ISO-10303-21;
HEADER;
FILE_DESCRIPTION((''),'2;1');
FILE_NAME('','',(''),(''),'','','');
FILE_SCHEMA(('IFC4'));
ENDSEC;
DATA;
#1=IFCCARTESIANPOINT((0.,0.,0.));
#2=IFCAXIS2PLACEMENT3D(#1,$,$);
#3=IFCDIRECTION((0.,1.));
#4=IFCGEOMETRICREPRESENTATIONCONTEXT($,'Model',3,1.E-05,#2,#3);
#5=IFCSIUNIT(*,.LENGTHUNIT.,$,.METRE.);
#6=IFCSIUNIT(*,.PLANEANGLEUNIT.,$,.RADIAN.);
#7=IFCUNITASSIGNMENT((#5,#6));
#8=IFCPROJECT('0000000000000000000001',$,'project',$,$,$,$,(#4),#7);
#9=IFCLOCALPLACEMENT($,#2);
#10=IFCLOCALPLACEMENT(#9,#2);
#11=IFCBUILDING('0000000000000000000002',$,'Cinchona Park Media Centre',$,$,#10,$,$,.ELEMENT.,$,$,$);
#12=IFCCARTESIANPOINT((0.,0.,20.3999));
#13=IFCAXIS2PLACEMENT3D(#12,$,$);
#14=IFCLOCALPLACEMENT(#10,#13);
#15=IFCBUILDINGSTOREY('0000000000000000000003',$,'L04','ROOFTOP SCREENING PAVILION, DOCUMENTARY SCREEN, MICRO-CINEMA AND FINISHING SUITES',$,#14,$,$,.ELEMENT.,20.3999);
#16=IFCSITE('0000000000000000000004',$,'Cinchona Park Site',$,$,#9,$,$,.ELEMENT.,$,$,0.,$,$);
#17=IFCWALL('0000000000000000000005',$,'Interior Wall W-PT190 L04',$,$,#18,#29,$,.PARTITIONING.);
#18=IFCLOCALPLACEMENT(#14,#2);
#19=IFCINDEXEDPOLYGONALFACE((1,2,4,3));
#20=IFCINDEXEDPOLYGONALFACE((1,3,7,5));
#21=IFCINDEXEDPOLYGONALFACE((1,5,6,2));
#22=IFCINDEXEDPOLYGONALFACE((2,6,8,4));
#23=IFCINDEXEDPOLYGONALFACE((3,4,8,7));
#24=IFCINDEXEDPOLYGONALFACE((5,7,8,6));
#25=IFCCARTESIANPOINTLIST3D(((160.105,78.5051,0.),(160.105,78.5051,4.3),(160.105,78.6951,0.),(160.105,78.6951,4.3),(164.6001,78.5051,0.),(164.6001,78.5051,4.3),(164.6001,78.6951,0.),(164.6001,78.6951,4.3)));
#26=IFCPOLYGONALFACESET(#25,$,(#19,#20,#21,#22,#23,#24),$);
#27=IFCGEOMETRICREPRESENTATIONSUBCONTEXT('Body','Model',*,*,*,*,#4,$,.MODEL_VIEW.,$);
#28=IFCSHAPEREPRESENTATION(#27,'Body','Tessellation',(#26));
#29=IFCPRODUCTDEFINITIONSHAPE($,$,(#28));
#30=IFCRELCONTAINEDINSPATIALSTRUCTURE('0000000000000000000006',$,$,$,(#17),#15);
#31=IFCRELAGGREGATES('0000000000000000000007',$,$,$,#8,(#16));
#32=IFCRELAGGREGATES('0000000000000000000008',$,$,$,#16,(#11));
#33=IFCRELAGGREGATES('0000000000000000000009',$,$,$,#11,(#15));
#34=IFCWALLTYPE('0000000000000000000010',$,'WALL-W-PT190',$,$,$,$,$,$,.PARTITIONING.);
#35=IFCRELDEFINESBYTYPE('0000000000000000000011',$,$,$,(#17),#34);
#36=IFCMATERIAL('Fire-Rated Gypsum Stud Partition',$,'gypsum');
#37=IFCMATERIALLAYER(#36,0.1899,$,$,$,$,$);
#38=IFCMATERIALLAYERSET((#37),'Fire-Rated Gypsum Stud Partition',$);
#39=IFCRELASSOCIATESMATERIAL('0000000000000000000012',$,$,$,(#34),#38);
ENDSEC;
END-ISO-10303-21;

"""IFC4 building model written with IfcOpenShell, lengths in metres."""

from ifc_helpers import new_model, si_unit, direction, frame, frame_2d, origin, place, context, subcontext, project, spatial, rectangle, extrude, material, layer, layer_set, type_object, element, save


model = new_model("IFC4")

# Units and contexts
model_context = context("Model", 3, precision=1e-05, world=origin(), true_north=direction((0.0, 1.0)))
body_context = subcontext(model_context, "Body", "Model", "MODEL_VIEW")
ifc_project = project(units=[si_unit("LENGTHUNIT", "METRE"), si_unit("PLANEANGLEUNIT", "RADIAN")], contexts=[model_context])

# Site, building, storey
site_placement = place(None, origin())
site = spatial("IfcSite", under=ifc_project, at=site_placement, Name="Cinchona Park Site", CompositionType="ELEMENT", RefElevation=0.0)
building_placement = place(site_placement, origin())
building = spatial("IfcBuilding", under=site, at=building_placement, Name="Cinchona Park Media Centre", CompositionType="ELEMENT")
storey_placement = place(building_placement, frame((0.0, 0.0, 20.3999)))
storey = spatial("IfcBuildingStorey", under=building, at=storey_placement, Name="L04", Description="ROOFTOP SCREENING PAVILION, DOCUMENTARY SCREEN, MICRO-CINEMA AND FINISHING SUITES", CompositionType="ELEMENT", Elevation=20.3999)

# Wall
ifc_material_1 = material(Name="Fire-Rated Gypsum Stud Partition", Category="gypsum")
ifc_layer_1 = layer(ifc_material_1, 0.1899)
ifc_layer_set_1 = layer_set([ifc_layer_1], Name="Fire-Rated Gypsum Stud Partition")
wall_type_1 = type_object("IfcWallType", Name="WALL-W-PT190", PredefinedType="PARTITIONING", material=ifc_layer_set_1)
wall_1_placement = place(storey_placement, frame((160.105, 78.6001, 0.0), z_axis=(0.0, 0.0, 1.0), x_axis=(1.0, 0.0, 0.0)))
element("IfcWall", 1, at=wall_1_placement, inside=storey, type_object=wall_type_1, Name="Interior Wall W-PT190 L04", PredefinedType="PARTITIONING", context=body_context, shape_type="SweptSolid", body=[
    extrude(rectangle(XDim=4.4951, YDim=0.1899, at=frame_2d((2.2476, 0.0))), origin(), (0.0, 0.0, 1.0), 4.3),
])

save(model, "model.ifc")
